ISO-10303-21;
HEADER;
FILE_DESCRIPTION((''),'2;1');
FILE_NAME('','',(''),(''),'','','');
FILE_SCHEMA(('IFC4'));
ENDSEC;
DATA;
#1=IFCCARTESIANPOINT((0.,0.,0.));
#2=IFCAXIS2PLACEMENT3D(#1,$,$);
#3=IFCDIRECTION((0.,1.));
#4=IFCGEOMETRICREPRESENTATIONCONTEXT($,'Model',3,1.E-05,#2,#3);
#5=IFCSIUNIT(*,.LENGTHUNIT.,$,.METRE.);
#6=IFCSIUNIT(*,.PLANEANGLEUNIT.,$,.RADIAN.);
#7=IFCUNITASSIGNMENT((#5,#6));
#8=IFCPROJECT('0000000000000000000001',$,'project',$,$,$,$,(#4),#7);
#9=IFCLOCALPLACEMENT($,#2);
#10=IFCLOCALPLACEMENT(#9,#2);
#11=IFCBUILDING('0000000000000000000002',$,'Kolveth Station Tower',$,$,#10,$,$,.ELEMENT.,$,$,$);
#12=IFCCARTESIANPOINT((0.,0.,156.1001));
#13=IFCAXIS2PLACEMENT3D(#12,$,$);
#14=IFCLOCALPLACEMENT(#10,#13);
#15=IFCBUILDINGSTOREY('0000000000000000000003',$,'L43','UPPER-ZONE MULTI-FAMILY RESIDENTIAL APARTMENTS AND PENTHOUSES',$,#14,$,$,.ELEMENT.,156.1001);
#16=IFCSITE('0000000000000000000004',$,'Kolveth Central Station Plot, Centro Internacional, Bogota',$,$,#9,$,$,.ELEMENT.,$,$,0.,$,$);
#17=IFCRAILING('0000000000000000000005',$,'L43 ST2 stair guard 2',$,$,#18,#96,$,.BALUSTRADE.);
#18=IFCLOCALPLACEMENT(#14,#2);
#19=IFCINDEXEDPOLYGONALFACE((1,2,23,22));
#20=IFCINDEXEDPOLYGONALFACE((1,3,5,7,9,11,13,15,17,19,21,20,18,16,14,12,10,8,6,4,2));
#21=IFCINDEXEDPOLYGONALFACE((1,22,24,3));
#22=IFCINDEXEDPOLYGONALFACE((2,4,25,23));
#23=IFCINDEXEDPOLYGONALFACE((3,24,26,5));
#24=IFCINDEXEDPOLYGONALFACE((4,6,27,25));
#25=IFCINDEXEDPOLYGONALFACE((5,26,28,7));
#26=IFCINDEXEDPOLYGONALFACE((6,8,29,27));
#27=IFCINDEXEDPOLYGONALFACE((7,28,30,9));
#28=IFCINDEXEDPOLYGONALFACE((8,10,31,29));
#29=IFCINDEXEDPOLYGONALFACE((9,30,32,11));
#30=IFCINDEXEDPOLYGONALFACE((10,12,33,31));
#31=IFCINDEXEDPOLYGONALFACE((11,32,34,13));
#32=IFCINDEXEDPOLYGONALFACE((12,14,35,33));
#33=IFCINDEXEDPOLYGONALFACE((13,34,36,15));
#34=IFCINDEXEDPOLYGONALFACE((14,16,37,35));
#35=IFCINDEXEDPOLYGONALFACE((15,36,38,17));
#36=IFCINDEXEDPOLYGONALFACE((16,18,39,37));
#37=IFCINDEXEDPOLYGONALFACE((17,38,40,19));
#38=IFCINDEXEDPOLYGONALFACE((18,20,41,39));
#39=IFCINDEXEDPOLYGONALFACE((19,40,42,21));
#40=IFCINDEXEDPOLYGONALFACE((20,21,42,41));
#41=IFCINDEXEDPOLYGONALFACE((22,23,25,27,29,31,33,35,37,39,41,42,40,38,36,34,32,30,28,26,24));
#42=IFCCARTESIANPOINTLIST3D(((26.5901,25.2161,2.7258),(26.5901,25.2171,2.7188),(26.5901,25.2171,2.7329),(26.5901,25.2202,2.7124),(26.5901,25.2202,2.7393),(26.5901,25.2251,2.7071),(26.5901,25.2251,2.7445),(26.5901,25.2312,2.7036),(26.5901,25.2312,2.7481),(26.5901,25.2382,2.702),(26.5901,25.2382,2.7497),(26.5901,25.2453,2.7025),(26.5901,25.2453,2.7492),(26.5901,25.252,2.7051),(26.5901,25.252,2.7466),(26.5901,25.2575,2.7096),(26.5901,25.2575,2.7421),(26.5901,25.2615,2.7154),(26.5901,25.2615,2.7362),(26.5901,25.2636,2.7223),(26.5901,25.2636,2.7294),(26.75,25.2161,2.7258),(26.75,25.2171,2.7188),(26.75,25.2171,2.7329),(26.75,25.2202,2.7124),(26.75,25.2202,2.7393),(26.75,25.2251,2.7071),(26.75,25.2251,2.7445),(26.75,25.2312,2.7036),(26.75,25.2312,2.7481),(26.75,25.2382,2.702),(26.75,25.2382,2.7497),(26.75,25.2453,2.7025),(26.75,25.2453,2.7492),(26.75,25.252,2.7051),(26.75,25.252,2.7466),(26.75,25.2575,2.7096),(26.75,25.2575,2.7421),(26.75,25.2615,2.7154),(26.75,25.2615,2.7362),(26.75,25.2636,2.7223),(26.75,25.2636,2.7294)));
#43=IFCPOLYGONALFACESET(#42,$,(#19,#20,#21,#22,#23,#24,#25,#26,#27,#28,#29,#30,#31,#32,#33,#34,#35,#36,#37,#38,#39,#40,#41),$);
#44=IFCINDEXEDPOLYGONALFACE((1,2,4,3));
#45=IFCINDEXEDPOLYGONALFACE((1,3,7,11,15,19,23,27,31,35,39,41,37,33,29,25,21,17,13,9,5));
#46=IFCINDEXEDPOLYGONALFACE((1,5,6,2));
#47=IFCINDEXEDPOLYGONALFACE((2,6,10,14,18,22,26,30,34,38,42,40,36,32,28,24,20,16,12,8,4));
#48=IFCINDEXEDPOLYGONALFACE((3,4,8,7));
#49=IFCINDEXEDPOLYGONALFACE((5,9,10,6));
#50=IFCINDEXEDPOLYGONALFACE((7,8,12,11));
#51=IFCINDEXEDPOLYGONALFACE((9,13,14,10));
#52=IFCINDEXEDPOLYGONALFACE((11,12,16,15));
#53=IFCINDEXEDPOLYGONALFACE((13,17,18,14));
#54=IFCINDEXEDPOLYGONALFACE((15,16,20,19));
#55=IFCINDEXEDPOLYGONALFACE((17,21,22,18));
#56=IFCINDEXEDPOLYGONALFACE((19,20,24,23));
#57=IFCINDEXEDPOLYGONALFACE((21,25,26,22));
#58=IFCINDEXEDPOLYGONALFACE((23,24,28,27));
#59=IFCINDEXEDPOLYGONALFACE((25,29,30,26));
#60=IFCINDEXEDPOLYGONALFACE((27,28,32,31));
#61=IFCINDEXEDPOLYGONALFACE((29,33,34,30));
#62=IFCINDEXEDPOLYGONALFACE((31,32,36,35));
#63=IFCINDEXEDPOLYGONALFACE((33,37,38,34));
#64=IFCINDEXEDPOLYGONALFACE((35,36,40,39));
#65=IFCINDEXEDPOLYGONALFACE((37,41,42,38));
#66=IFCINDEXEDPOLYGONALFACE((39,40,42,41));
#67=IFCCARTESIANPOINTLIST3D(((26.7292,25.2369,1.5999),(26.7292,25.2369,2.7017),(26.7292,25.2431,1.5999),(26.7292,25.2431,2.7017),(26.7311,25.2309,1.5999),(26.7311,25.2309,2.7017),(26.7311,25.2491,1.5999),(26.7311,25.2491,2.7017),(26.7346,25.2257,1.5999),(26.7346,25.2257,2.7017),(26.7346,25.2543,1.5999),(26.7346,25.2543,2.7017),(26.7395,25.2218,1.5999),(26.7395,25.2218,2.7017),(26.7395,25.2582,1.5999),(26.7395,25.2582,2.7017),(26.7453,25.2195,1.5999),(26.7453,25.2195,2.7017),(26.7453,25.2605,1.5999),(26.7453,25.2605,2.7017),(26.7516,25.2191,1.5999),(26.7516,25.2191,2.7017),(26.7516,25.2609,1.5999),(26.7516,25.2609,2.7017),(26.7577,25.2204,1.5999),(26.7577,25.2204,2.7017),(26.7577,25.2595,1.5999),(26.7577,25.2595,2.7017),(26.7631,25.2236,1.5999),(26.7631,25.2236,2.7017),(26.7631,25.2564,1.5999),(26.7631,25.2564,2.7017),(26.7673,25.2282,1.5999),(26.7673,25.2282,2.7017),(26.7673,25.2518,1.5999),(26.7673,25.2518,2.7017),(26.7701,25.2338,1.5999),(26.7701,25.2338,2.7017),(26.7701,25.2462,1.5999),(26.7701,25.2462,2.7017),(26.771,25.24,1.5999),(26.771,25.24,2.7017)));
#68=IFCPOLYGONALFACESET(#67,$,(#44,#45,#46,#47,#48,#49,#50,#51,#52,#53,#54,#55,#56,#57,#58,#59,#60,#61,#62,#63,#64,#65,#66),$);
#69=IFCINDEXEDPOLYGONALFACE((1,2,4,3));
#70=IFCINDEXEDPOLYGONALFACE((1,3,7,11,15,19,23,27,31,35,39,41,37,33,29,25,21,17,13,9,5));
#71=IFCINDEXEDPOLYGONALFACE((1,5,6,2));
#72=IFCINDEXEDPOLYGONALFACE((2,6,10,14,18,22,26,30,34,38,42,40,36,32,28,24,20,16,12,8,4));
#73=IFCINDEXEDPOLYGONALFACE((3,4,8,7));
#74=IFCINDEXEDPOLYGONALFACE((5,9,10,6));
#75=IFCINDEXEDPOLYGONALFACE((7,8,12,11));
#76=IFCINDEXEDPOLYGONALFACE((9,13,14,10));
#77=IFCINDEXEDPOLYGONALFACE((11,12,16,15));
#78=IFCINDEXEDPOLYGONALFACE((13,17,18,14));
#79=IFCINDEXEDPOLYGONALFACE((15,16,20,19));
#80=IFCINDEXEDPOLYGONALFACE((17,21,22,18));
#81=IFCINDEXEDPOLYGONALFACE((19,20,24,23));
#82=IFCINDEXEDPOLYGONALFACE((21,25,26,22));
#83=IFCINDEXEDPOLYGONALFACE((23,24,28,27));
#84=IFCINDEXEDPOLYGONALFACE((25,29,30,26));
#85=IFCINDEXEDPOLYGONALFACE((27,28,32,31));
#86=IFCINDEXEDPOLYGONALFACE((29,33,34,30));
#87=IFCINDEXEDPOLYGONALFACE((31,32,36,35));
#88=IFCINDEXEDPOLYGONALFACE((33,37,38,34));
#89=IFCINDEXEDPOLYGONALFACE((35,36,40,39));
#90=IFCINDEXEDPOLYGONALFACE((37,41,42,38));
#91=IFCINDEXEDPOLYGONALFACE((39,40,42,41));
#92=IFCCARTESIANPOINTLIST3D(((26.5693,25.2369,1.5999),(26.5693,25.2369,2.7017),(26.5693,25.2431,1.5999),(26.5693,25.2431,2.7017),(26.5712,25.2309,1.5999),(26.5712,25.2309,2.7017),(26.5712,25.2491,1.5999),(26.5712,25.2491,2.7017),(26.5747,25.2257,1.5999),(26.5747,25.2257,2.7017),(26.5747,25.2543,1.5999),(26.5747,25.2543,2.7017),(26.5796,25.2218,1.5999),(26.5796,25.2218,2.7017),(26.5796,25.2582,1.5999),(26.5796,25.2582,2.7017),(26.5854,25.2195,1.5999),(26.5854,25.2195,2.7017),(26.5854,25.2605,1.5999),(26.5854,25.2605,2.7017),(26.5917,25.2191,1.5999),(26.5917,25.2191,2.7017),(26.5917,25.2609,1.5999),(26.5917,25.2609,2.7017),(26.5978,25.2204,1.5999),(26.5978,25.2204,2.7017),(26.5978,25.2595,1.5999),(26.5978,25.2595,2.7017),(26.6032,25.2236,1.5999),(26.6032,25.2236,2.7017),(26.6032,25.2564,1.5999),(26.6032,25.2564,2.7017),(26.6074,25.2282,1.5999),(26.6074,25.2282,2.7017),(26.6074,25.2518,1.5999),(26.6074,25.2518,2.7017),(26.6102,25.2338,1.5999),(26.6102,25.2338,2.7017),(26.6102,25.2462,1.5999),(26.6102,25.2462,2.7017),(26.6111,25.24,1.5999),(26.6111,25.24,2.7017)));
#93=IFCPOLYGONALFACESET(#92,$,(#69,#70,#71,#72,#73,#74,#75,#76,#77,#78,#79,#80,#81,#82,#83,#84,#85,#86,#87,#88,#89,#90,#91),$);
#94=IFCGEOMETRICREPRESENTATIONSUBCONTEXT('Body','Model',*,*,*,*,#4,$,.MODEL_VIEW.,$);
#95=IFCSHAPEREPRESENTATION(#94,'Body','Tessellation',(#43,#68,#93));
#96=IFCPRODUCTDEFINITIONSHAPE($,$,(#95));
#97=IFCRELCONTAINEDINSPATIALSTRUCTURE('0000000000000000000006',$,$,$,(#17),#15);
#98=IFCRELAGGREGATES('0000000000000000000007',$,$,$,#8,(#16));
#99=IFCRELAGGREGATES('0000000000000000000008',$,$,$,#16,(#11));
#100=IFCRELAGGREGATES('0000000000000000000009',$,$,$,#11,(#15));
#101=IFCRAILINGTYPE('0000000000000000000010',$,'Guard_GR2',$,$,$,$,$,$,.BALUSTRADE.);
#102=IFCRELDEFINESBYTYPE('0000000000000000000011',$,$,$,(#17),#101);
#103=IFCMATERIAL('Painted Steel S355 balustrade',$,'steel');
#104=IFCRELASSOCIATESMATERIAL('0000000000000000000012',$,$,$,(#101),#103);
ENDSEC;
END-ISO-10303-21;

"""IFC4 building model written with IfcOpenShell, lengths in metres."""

from ifc_helpers import new_model, si_unit, direction, frame, origin, origin_2d, place, context, subcontext, project, spatial, circle, extrude, material, type_object, element, save


model = new_model("IFC4")

# Units and contexts
model_context = context("Model", 3, precision=1e-05, world=origin(), true_north=direction((0.0, 1.0)))
body_context = subcontext(model_context, "Body", "Model", "MODEL_VIEW")
ifc_project = project(units=[si_unit("LENGTHUNIT", "METRE"), si_unit("PLANEANGLEUNIT", "RADIAN")], contexts=[model_context])

# Site, building, storey
site_placement = place(None, origin())
site = spatial("IfcSite", under=ifc_project, at=site_placement, Name="Kolveth Central Station Plot, Centro Internacional, Bogota", CompositionType="ELEMENT", RefElevation=0.0)
building_placement = place(site_placement, origin())
building = spatial("IfcBuilding", under=site, at=building_placement, Name="Kolveth Station Tower", CompositionType="ELEMENT")
storey_placement = place(building_placement, frame((0.0, 0.0, 156.1001)))
storey = spatial("IfcBuildingStorey", under=building, at=storey_placement, Name="L43", Description="UPPER-ZONE MULTI-FAMILY RESIDENTIAL APARTMENTS AND PENTHOUSES", CompositionType="ELEMENT", Elevation=156.1001)

# Railing
ifc_material_1 = material(Name="Painted Steel S355 balustrade", Category="steel")
railing_type_1 = type_object("IfcRailingType", Name="Guard_GR2", PredefinedType="BALUSTRADE", material=ifc_material_1)
railing_1_placement = place(storey_placement, frame((26.75, 25.24, 1.5999)))
element("IfcRailing", 1, at=railing_1_placement, inside=storey, type_object=railing_type_1, Name="L43 ST2 stair guard 2", PredefinedType="BALUSTRADE", context=body_context, shape_type="SweptSolid", body=[
    extrude(circle(Radius=0.0239, at=origin_2d()), frame((0.0, 0.0, 1.126), z_axis=(-1.0, 0.0, 0.0), x_axis=(0.0, -1.0, 0.0)), (0.0, 0.0, 1.0), 0.1599),
    extrude(circle(Radius=0.021, at=origin_2d()), origin(), (0.0, 0.0, 1.0), 1.1018),
    extrude(circle(Radius=0.021, at=origin_2d()), frame((-0.1599, 0.0, 0.0)), (0.0, 0.0, 1.0), 1.1018),
])

save(model, "model.ifc")
